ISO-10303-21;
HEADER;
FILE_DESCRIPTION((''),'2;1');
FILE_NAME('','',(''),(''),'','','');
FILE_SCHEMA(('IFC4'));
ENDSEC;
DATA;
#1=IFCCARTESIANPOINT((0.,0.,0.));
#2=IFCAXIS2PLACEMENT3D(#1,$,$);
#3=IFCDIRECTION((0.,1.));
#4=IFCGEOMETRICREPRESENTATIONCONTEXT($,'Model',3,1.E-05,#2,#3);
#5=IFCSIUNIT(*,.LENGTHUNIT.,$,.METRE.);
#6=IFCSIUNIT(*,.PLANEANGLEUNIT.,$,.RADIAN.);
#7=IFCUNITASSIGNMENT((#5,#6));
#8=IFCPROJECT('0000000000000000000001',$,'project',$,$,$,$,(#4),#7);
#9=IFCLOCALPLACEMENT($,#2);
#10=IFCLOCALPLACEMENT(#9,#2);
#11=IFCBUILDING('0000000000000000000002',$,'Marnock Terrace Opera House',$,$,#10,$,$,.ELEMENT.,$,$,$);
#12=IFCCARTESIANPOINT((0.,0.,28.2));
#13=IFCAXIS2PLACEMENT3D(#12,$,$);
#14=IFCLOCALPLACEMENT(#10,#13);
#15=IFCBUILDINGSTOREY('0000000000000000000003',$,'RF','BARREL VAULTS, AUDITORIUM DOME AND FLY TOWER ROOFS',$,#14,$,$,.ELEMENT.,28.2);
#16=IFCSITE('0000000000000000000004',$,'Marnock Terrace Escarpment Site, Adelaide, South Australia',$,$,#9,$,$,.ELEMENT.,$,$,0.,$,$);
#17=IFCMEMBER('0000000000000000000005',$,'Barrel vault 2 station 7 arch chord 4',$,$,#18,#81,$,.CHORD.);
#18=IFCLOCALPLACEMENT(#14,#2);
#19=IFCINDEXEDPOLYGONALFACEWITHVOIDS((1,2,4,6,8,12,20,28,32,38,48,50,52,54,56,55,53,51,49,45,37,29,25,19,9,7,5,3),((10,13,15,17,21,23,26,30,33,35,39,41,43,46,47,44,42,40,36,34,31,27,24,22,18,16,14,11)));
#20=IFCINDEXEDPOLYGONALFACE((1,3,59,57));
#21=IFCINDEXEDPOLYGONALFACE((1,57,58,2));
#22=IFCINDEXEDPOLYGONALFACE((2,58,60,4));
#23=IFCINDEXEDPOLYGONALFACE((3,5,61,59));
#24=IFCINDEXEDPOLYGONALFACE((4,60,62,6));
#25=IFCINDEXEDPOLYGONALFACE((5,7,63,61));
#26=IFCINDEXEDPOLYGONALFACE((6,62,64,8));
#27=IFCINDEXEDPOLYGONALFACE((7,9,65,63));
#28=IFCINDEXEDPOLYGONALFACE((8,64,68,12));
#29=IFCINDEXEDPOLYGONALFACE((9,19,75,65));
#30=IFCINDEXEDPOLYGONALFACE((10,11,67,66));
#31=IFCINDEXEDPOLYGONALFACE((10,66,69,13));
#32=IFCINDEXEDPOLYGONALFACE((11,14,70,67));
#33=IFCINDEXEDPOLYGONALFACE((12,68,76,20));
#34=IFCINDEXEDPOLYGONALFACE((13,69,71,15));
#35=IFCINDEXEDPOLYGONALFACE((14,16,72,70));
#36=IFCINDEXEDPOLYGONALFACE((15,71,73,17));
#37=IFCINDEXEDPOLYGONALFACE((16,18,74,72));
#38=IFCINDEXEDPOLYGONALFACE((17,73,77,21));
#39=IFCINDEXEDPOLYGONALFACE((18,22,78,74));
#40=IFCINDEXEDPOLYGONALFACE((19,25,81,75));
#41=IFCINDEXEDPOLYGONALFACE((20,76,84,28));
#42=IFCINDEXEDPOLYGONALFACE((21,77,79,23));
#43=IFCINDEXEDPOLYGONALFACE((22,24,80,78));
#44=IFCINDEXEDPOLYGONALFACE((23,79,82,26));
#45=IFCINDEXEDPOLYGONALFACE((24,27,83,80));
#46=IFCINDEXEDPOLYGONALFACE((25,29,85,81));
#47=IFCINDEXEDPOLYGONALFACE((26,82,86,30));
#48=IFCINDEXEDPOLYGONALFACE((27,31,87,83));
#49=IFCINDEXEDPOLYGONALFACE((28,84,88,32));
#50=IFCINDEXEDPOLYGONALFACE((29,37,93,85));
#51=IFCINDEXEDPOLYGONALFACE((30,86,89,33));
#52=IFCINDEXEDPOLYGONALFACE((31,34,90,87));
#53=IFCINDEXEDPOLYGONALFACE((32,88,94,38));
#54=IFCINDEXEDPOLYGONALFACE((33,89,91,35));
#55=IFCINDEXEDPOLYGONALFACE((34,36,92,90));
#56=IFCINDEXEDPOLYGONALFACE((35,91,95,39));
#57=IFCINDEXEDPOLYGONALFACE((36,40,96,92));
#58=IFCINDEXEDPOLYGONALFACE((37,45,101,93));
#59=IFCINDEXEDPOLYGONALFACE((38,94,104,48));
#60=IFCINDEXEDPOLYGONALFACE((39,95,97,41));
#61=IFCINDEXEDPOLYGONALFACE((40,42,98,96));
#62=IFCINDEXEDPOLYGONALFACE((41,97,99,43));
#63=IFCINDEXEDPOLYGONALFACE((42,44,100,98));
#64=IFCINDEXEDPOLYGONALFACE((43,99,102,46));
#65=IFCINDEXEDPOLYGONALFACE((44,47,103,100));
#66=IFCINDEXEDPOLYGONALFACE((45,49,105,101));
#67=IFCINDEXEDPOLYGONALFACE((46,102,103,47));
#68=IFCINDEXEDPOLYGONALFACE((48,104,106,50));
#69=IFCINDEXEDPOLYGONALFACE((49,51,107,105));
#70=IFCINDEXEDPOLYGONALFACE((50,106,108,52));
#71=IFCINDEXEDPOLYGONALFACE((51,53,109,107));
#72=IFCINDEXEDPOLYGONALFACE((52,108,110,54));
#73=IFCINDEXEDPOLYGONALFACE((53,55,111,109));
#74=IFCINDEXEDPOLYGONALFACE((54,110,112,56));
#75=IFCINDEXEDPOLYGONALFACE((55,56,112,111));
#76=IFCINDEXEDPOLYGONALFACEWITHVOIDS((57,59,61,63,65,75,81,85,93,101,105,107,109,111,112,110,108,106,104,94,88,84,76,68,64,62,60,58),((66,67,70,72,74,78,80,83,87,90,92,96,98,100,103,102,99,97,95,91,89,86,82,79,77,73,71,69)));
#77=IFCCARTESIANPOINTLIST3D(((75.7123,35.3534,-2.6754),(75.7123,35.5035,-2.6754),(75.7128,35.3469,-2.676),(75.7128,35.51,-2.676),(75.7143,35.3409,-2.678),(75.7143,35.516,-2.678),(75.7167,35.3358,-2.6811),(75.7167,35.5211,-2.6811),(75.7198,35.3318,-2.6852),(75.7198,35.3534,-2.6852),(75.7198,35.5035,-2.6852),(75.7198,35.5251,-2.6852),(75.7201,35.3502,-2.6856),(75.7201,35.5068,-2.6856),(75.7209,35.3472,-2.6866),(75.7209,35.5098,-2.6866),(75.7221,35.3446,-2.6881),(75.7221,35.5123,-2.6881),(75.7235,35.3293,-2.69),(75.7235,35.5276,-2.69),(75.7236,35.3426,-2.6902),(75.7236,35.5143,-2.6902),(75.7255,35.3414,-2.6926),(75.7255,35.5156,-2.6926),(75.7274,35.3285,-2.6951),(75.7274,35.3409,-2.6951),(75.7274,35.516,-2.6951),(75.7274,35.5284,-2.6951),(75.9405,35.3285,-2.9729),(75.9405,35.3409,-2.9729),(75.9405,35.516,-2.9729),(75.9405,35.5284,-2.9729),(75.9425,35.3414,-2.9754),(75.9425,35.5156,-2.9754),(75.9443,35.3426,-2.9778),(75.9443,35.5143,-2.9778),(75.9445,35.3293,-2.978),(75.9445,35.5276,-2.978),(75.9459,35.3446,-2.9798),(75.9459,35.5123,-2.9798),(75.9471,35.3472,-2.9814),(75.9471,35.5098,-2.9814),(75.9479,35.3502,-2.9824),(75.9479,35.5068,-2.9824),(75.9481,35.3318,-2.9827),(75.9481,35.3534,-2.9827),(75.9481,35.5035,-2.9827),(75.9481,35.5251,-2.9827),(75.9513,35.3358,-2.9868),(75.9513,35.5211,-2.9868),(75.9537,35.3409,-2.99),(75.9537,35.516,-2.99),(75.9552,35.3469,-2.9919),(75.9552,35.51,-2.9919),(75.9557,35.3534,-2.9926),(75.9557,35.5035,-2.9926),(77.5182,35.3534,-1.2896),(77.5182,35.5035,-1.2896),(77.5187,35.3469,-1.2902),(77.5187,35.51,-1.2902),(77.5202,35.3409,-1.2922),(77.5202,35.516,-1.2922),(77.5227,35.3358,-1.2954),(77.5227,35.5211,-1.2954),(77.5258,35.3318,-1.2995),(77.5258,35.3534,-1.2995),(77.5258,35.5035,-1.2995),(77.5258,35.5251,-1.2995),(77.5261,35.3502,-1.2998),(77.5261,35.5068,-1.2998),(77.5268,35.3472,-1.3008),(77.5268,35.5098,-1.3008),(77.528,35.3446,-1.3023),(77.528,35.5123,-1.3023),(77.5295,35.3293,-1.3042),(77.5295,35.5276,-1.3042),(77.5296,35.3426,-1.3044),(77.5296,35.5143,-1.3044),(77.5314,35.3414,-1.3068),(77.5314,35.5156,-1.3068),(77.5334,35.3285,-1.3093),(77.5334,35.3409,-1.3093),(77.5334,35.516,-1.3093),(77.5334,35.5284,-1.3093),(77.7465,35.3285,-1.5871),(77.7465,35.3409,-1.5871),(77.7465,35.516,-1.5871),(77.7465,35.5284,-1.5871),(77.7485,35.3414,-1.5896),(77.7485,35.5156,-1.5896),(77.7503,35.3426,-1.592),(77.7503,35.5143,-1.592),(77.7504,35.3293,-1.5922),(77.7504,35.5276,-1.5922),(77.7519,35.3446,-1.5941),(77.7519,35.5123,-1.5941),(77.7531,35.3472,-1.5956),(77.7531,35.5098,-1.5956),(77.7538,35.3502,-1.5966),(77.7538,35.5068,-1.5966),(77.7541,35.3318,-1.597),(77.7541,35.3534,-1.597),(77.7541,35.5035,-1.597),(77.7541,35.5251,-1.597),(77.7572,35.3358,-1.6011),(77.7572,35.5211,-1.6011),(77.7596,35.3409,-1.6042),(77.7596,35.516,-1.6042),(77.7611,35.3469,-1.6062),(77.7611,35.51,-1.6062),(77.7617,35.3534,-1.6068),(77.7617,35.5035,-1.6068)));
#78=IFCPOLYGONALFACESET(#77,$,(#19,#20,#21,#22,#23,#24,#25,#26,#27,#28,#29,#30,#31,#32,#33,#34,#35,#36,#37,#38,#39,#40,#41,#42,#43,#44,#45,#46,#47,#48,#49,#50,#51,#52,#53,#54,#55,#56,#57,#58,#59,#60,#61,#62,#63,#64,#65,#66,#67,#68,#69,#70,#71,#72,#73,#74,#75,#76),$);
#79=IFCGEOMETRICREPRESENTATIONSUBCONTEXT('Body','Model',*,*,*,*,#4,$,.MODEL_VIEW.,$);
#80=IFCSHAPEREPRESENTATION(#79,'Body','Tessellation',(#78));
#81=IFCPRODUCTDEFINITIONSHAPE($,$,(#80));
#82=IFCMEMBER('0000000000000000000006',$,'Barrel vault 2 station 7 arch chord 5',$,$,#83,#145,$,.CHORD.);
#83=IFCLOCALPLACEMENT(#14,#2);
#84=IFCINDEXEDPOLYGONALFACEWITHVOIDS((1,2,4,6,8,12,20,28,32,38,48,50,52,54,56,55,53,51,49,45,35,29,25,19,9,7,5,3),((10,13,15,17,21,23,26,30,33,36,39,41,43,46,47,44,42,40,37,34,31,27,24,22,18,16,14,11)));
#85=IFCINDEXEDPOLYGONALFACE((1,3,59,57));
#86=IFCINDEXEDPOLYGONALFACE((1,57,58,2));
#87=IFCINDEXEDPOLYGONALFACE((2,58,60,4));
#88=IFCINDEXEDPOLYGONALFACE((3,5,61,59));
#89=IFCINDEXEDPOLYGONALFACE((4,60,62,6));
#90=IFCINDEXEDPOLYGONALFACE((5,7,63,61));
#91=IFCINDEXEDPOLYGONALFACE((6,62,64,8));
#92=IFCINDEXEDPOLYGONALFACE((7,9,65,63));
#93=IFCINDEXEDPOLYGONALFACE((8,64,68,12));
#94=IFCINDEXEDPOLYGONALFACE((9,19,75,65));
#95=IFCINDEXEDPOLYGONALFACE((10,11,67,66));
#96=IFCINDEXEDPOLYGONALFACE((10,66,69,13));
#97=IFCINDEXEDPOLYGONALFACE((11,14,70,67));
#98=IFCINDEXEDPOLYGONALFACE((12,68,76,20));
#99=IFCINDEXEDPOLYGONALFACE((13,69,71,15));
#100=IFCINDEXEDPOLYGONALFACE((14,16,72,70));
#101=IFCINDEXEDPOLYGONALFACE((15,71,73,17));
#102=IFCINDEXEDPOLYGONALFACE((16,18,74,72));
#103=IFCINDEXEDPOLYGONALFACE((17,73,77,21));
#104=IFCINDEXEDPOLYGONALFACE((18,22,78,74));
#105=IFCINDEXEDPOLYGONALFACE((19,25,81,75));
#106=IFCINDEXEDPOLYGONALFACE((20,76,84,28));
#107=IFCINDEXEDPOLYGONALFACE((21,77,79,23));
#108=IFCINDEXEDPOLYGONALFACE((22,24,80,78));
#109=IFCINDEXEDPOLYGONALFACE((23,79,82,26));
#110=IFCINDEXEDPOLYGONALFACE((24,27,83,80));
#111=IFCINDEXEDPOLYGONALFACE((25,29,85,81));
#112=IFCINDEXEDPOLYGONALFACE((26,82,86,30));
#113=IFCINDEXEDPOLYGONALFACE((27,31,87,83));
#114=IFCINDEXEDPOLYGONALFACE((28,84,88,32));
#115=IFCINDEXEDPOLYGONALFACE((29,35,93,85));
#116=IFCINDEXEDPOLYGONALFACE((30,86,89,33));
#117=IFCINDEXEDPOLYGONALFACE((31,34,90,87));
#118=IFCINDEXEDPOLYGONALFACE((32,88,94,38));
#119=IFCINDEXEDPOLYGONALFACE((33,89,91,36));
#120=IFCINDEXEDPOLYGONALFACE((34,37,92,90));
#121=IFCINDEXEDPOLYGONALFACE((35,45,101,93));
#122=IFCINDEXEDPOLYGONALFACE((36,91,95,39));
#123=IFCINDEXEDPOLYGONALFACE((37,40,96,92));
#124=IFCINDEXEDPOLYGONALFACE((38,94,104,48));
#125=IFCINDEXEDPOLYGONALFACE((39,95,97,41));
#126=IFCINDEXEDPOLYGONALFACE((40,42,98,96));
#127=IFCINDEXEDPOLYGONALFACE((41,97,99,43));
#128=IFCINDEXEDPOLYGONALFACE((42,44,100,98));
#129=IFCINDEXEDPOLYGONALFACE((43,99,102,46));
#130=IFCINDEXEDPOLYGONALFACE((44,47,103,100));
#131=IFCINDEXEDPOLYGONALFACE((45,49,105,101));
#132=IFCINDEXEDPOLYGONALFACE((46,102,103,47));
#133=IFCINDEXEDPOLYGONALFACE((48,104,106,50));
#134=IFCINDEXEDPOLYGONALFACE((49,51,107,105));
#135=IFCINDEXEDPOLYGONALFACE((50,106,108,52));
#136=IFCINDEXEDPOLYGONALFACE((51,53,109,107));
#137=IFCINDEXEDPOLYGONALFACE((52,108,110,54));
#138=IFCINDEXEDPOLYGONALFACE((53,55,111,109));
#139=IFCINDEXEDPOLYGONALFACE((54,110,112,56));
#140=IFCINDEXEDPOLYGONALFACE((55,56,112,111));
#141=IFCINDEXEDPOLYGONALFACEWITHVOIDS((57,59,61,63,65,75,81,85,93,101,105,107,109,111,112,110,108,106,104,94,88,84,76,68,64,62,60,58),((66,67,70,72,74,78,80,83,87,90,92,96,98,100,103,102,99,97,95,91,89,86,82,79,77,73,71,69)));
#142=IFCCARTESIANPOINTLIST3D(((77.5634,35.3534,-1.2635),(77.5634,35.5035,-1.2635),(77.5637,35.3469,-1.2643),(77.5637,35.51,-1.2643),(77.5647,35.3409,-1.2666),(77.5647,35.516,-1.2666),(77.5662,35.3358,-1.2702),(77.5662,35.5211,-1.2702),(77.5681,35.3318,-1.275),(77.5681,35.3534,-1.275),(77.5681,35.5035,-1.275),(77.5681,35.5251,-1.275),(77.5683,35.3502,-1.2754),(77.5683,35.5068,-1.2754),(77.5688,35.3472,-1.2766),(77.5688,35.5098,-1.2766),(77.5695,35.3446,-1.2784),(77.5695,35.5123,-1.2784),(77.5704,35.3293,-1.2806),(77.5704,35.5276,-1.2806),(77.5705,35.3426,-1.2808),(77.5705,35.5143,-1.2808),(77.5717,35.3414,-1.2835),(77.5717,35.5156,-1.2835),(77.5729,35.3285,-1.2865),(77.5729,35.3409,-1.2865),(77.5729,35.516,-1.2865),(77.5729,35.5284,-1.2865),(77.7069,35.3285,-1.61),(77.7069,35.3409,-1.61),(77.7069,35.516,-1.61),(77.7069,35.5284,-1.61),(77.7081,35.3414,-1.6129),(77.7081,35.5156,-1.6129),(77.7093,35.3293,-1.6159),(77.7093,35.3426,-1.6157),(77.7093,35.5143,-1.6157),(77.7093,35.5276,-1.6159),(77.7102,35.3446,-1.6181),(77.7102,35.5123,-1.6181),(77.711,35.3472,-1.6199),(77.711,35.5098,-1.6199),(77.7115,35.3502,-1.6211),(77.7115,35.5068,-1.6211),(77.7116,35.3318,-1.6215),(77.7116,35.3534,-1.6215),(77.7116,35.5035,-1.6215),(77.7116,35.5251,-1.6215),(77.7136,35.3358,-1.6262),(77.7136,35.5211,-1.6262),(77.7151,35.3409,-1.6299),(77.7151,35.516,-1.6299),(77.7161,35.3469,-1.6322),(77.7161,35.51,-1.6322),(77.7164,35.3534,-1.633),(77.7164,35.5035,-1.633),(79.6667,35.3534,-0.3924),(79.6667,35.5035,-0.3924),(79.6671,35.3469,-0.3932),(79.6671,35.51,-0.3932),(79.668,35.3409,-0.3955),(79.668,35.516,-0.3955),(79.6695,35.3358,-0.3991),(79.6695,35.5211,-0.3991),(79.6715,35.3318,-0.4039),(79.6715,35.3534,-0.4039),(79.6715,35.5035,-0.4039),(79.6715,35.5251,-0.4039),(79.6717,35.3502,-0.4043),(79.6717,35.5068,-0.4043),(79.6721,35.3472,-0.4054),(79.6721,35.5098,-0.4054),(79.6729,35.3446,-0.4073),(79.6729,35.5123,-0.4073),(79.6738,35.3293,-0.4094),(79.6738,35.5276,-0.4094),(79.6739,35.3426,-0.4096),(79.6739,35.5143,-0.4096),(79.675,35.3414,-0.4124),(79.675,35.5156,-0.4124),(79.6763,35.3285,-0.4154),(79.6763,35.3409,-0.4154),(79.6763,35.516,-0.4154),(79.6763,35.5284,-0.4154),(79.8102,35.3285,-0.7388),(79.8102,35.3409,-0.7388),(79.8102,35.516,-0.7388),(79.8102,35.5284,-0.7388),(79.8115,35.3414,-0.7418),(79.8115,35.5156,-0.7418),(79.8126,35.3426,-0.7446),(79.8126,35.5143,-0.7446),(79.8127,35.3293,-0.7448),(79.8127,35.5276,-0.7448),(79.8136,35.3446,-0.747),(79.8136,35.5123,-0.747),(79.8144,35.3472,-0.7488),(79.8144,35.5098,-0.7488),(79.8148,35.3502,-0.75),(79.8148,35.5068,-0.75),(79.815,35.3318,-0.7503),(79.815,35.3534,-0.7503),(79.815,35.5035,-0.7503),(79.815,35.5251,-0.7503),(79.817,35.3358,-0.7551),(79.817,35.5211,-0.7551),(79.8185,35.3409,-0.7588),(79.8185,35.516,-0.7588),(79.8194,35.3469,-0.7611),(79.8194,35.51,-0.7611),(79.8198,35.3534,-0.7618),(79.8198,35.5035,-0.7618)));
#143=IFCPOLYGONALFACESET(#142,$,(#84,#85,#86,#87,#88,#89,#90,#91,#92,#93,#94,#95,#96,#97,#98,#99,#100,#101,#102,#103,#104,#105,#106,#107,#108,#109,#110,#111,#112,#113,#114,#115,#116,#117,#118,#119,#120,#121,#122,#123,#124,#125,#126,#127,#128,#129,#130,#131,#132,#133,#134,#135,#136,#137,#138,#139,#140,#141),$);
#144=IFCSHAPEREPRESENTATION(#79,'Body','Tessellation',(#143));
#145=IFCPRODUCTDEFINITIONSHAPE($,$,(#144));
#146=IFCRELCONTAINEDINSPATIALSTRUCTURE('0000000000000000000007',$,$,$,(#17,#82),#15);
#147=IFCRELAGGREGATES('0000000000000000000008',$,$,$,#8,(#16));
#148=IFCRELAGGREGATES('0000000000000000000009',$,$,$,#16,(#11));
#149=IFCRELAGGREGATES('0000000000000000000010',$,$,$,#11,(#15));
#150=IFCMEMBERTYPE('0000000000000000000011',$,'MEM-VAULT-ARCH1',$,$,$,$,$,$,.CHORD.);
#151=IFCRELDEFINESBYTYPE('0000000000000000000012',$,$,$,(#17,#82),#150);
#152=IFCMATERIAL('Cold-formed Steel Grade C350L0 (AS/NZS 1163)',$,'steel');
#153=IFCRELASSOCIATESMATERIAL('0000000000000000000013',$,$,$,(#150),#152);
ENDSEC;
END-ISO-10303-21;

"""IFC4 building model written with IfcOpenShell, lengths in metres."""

from ifc_helpers import new_model, si_unit, direction, frame, origin, origin_2d, place, context, subcontext, project, spatial, hollow_rectangle, extrude, material, material_profile, profile_set, type_object, element, save


model = new_model("IFC4")

# Units and contexts
model_context = context("Model", 3, precision=1e-05, world=origin(), true_north=direction((0.0, 1.0)))
body_context = subcontext(model_context, "Body", "Model", "MODEL_VIEW")
ifc_project = project(units=[si_unit("LENGTHUNIT", "METRE"), si_unit("PLANEANGLEUNIT", "RADIAN")], contexts=[model_context])

# Site, building, storey
site_placement = place(None, origin())
site = spatial("IfcSite", under=ifc_project, at=site_placement, Name="Marnock Terrace Escarpment Site, Adelaide, South Australia", CompositionType="ELEMENT", RefElevation=0.0)
building_placement = place(site_placement, origin())
building = spatial("IfcBuilding", under=site, at=building_placement, Name="Marnock Terrace Opera House", CompositionType="ELEMENT")
storey_placement = place(building_placement, frame((0.0, 0.0, 28.2)))
storey = spatial("IfcBuildingStorey", under=building, at=storey_placement, Name="RF", Description="BARREL VAULTS, AUDITORIUM DOME AND FLY TOWER ROOFS", CompositionType="ELEMENT", Elevation=28.2)

# Members
ifc_material_1 = material(Name="Cold-formed Steel Grade C350L0 (AS/NZS 1163)", Category="steel")
ifc_material_profile_1 = material_profile(ifc_material_1, hollow_rectangle(XDim=0.2, YDim=0.3999, WallThickness=0.0125, InnerFilletRadius=0.0125, OuterFilletRadius=0.0249, at=origin_2d()))
ifc_profile_set_1 = profile_set([ifc_material_profile_1], Name="Cold-formed Steel Grade C350L0 (AS/NZS 1163)")
member_type_1 = type_object("IfcMemberType", Name="MEM-VAULT-ARCH1", PredefinedType="CHORD", material=ifc_profile_set_1)
for number, where, z_axis, x_axis, name in (
    (1, (75.834, 35.4285, -2.834), (0.793349, 0.0, 0.608767), (0.0, 1.0, 0.0), "Barrel vault 2 station 7 arch chord 4"),
):
    element("IfcMember", number, at=place(storey_placement, frame(where, z_axis=z_axis, x_axis=x_axis)), inside=storey, type_object=member_type_1, Name=name, PredefinedType="CHORD", context=body_context, shape_type="SweptSolid", body=[
        extrude(hollow_rectangle(XDim=0.2, YDim=0.3999, WallThickness=0.0125, InnerFilletRadius=0.0125, OuterFilletRadius=0.0249, at=origin_2d()), origin(), (0.0, 0.0, 1.0), 2.2764),
    ])
member_1_placement = place(storey_placement, frame((77.6399, 35.4285, -1.4482), z_axis=(0.923897, 0.0, 0.382642), x_axis=(0.0, 1.0, 0.0)))
element("IfcMember", 2, at=member_1_placement, inside=storey, type_object=member_type_1, Name="Barrel vault 2 station 7 arch chord 5", PredefinedType="CHORD", context=body_context, shape_type="SweptSolid", body=[
    extrude(hollow_rectangle(XDim=0.2, YDim=0.3999, WallThickness=0.0125, InnerFilletRadius=0.0125, OuterFilletRadius=0.0249, at=origin_2d()), origin(), (0.0, 0.0, 1.0), 2.2766),
])

save(model, "model.ifc")
